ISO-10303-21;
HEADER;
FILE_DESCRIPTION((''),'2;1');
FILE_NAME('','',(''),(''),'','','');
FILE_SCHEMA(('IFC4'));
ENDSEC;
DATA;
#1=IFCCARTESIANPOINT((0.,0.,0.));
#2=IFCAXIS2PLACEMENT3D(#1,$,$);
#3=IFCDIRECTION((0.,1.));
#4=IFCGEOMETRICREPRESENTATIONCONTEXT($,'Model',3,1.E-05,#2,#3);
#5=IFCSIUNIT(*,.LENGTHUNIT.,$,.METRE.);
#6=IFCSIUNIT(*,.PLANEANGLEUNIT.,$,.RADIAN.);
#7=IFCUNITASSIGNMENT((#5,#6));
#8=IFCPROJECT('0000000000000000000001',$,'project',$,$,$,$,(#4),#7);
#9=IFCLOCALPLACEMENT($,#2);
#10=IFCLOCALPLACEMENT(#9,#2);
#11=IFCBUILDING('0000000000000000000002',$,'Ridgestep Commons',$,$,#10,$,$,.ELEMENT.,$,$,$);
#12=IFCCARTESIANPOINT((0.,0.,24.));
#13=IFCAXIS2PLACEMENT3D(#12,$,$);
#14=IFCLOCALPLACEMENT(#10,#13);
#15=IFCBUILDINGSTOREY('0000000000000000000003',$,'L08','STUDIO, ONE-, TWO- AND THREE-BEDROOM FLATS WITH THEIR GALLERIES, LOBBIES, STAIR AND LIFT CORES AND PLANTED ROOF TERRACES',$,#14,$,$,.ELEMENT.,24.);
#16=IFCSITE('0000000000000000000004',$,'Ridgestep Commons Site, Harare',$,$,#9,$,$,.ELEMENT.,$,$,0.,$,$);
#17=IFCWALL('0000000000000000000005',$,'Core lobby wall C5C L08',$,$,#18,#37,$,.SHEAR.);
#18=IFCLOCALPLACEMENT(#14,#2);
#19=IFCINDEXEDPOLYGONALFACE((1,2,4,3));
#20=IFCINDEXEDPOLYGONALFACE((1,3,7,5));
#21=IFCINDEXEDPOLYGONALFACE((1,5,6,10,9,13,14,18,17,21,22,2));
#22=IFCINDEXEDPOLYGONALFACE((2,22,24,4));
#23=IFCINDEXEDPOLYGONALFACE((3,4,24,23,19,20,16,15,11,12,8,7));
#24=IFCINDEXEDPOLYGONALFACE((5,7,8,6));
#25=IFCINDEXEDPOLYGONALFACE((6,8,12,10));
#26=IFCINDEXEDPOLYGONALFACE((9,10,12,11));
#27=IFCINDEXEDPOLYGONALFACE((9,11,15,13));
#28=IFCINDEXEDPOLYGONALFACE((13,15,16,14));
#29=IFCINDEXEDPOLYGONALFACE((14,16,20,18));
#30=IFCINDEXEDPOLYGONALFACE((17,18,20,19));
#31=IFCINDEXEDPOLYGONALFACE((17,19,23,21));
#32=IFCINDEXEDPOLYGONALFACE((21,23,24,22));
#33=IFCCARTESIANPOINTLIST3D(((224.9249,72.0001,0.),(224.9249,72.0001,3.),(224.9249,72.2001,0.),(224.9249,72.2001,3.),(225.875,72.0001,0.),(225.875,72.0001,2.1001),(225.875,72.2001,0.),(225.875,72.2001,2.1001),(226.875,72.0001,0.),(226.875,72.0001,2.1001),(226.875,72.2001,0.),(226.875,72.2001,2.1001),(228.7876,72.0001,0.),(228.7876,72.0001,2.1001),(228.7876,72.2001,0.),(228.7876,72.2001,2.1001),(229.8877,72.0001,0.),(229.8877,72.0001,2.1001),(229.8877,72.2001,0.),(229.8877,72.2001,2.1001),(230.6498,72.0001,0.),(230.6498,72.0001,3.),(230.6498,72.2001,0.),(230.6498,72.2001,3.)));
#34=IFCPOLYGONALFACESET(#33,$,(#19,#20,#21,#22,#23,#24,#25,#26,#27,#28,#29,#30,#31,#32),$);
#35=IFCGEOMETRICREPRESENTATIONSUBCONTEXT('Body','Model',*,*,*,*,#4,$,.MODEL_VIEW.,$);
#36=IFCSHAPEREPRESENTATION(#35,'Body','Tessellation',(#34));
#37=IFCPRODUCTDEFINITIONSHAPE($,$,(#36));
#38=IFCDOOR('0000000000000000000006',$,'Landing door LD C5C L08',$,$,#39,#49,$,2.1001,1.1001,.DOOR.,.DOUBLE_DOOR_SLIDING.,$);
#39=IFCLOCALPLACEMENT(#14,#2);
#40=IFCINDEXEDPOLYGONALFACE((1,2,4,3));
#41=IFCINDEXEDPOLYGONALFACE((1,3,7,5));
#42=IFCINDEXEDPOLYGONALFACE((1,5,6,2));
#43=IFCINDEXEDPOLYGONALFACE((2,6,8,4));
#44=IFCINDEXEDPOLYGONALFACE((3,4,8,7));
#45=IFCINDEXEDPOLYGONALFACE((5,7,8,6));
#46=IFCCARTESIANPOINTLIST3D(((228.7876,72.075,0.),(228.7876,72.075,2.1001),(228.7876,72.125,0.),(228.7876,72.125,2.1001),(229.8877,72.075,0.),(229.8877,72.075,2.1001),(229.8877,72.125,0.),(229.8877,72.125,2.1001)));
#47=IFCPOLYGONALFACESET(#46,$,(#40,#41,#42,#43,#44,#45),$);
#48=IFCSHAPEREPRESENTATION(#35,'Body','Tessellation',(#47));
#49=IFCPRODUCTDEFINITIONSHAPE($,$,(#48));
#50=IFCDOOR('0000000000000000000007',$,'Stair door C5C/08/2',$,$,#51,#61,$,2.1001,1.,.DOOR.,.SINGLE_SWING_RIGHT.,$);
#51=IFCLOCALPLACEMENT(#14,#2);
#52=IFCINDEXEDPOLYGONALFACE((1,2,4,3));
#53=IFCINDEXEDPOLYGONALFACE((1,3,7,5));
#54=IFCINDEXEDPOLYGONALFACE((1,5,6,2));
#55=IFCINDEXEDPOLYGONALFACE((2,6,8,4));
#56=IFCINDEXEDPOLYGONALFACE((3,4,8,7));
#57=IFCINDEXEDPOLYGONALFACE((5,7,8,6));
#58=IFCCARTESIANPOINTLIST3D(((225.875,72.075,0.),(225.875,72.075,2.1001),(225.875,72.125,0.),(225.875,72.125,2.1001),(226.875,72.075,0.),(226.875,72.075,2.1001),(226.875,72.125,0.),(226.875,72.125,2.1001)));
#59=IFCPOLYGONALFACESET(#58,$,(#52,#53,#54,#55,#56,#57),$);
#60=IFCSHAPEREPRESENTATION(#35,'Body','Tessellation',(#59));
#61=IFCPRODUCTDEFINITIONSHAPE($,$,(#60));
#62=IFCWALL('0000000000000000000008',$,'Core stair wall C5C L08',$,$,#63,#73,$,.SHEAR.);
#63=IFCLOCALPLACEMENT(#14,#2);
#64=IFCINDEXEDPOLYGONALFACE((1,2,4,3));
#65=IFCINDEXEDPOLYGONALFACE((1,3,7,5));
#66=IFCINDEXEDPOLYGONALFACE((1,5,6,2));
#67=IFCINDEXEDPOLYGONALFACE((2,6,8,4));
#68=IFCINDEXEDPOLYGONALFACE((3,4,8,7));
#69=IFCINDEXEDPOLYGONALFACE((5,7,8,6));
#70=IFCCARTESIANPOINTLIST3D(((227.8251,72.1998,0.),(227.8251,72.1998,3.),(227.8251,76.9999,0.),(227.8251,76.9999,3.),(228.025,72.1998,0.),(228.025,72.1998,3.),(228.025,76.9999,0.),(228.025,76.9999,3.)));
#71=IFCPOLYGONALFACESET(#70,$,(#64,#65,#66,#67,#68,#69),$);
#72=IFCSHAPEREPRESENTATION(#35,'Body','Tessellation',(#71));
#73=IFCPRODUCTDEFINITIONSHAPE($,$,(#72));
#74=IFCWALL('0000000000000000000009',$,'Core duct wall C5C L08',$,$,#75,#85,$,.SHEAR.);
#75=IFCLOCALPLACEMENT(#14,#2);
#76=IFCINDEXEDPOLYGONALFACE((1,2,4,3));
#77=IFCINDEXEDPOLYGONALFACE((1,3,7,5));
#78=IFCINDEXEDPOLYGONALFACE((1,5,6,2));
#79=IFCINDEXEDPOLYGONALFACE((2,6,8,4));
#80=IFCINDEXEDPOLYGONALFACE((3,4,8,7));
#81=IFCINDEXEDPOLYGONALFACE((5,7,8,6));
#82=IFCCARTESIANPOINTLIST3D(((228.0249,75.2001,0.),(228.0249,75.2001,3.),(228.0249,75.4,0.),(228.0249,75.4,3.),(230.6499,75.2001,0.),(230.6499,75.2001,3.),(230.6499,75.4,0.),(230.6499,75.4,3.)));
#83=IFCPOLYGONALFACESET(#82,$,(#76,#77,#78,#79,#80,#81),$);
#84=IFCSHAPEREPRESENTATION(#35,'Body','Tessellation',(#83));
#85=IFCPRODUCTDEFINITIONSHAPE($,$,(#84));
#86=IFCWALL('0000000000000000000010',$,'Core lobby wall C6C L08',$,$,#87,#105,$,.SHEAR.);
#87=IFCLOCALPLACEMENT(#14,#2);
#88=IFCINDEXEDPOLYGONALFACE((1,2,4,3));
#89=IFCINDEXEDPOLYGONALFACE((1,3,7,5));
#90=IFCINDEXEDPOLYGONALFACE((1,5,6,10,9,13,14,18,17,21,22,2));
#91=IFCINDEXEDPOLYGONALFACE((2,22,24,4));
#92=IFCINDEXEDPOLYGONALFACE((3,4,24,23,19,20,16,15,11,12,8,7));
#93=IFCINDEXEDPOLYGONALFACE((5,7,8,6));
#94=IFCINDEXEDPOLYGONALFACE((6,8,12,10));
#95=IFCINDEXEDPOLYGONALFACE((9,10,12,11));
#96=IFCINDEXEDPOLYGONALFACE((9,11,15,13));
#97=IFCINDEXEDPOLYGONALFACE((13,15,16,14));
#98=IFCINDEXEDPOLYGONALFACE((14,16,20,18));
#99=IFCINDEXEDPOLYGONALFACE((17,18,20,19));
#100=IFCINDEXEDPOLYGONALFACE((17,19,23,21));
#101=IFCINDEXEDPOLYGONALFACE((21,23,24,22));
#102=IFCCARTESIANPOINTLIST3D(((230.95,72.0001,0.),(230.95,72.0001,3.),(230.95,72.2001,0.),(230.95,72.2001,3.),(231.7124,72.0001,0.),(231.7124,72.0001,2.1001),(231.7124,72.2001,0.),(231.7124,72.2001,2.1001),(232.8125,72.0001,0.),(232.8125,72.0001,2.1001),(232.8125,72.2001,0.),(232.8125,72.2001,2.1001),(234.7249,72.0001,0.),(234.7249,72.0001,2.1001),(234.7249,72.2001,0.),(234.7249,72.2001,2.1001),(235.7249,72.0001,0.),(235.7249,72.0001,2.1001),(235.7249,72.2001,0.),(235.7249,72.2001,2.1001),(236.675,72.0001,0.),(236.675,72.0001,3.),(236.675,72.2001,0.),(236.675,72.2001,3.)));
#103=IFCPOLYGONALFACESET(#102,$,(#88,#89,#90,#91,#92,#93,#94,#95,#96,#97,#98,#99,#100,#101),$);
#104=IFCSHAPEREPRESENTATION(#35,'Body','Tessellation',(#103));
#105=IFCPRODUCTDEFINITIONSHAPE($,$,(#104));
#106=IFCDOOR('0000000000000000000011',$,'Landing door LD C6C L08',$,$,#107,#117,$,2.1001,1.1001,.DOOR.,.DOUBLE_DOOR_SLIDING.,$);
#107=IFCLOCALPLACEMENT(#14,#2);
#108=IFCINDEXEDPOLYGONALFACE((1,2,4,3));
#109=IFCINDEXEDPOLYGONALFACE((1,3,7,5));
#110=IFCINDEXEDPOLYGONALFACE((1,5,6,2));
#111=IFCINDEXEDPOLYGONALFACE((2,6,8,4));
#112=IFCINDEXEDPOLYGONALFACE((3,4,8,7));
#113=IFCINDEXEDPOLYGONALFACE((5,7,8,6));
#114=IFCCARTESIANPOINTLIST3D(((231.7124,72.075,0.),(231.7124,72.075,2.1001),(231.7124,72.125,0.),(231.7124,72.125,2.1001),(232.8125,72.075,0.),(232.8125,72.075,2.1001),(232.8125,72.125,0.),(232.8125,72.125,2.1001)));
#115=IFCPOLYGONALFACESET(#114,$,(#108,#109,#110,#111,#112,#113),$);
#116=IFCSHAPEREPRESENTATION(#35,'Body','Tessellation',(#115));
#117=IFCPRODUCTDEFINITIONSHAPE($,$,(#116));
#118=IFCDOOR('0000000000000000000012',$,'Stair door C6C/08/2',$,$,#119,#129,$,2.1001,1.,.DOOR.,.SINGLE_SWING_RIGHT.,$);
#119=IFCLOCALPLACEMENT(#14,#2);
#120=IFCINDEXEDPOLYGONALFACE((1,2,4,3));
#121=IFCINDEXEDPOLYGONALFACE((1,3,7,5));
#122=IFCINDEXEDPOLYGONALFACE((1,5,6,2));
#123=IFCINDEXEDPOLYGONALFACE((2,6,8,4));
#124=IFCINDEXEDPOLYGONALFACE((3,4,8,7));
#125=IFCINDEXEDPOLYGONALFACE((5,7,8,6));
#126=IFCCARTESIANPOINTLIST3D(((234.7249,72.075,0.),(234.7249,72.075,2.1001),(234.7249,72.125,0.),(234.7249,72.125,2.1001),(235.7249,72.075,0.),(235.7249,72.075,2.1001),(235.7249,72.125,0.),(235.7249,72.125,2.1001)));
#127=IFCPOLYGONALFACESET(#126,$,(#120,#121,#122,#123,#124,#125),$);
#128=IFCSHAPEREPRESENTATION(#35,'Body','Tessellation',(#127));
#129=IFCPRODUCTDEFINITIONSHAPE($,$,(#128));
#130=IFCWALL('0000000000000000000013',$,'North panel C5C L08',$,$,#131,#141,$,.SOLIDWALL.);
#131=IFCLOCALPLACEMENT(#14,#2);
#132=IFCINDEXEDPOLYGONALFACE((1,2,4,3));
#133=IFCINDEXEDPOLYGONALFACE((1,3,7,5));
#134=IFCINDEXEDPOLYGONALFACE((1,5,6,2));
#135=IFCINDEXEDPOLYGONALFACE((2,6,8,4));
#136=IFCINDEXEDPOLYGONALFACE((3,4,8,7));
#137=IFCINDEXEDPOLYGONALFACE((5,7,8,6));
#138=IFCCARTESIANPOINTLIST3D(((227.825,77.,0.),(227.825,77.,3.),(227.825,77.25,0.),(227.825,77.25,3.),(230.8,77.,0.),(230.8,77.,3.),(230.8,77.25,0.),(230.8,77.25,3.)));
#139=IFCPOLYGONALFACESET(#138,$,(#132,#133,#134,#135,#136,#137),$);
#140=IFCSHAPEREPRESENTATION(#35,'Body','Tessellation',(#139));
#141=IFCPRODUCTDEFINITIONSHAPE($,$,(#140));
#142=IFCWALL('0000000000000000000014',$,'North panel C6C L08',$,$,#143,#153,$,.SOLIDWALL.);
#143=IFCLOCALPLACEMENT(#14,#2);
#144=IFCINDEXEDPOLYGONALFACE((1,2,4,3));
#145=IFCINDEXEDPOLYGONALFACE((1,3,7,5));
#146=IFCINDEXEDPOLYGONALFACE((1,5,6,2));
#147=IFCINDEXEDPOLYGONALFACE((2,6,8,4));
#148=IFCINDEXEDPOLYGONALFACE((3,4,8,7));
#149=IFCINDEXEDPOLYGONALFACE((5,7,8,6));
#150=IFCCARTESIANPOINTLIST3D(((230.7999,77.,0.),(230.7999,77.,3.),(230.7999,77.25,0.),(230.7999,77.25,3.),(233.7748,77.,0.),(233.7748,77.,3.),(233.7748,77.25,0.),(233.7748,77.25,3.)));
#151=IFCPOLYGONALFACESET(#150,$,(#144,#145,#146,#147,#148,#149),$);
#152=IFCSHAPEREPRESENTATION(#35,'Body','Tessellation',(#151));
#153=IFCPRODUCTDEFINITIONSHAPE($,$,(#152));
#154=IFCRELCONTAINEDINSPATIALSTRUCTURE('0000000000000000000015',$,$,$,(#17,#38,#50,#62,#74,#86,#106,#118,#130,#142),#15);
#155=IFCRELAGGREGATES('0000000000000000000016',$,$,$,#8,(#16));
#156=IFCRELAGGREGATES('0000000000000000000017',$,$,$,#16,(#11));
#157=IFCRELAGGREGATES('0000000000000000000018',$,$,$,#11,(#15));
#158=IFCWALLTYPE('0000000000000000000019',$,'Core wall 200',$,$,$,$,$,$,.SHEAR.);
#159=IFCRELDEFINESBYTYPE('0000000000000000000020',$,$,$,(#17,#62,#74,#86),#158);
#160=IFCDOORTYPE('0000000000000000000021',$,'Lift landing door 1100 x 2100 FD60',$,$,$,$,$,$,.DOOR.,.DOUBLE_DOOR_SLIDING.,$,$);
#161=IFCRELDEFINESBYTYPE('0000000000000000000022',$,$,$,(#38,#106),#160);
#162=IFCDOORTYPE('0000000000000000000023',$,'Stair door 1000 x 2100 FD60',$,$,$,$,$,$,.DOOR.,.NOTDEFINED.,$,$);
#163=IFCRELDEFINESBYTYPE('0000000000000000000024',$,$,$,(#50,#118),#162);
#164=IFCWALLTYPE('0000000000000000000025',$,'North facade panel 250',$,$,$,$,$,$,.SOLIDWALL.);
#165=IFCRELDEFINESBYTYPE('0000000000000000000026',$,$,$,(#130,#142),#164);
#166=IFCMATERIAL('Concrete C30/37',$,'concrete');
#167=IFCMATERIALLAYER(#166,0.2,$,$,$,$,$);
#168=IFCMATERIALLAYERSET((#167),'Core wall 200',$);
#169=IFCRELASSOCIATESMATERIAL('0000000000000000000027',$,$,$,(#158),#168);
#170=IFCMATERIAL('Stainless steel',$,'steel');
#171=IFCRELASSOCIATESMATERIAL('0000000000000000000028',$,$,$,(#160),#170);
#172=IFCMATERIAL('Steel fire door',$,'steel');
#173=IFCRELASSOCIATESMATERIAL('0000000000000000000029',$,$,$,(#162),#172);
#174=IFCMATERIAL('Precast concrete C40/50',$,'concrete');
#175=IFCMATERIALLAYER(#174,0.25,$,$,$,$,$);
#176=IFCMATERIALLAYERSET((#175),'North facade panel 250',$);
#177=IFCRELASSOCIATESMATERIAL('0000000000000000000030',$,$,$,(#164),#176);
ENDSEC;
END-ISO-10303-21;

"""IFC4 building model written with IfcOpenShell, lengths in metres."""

from ifc_helpers import new_model, si_unit, direction, frame, frame_2d, origin, place, context, subcontext, project, spatial, rectangle, extrude, material, layer, layer_set, type_object, element, fill, save


model = new_model("IFC4")

# Units and contexts
model_context = context("Model", 3, precision=1e-05, world=origin(), true_north=direction((0.0, 1.0)))
body_context = subcontext(model_context, "Body", "Model", "MODEL_VIEW")
ifc_project = project(units=[si_unit("LENGTHUNIT", "METRE"), si_unit("PLANEANGLEUNIT", "RADIAN")], contexts=[model_context])

# Site, building, storey
site_placement = place(None, origin())
site = spatial("IfcSite", under=ifc_project, at=site_placement, Name="Ridgestep Commons Site, Harare", CompositionType="ELEMENT", RefElevation=0.0)
building_placement = place(site_placement, origin())
building = spatial("IfcBuilding", under=site, at=building_placement, Name="Ridgestep Commons", CompositionType="ELEMENT")
storey_placement = place(building_placement, frame((0.0, 0.0, 24.0)))
storey = spatial("IfcBuildingStorey", under=building, at=storey_placement, Name="L08", Description="STUDIO, ONE-, TWO- AND THREE-BEDROOM FLATS WITH THEIR GALLERIES, LOBBIES, STAIR AND LIFT CORES AND PLANTED ROOF TERRACES", CompositionType="ELEMENT", Elevation=24.0)

# Wall, openings, doors
ifc_material_1 = material(Name="Concrete C30/37", Category="concrete")
ifc_layer_1 = layer(ifc_material_1, 0.2)
ifc_layer_set_1 = layer_set([ifc_layer_1], Name="Core wall 200")
wall_type_1 = type_object("IfcWallType", Name="Core wall 200", PredefinedType="SHEAR", material=ifc_layer_set_1)
wall_1_placement = place(storey_placement, frame((224.925, 72.1001, 0.0), z_axis=(0.0, 0.0, 1.0), x_axis=(1.0, 0.0, 0.0)))
wall_1 = element("IfcWall", 1, at=wall_1_placement, inside=storey, type_object=wall_type_1, Name="Core lobby wall C5C L08", PredefinedType="SHEAR", context=body_context, shape_type="SweptSolid", body=[
    extrude(rectangle(XDim=5.7249, YDim=0.2, at=frame_2d((2.8623, 0.0))), origin(), (0.0, 0.0, 1.0), 3.0),
])
opening_1_placement = place(wall_1_placement, frame((0.95, 0.0, 0.0)))
opening_1 = element("IfcOpeningElement", 2, at=opening_1_placement, cuts=wall_1, PredefinedType="OPENING", context=body_context, shape_type="SweptSolid", body=[
    extrude(rectangle(XDim=1.0, YDim=2.1001, at=frame_2d((0.5, 1.05))), frame((0.0, 0.1099, 0.0), z_axis=(0.0, -1.0, 0.0), x_axis=(1.0, 0.0, 0.0)), (0.0, 0.0, 1.0), 0.22),
])
opening_2_placement = place(wall_1_placement, frame((3.8625, 0.0, 0.0)))
opening_2 = element("IfcOpeningElement", 3, at=opening_2_placement, cuts=wall_1, PredefinedType="OPENING", context=body_context, shape_type="SweptSolid", body=[
    extrude(rectangle(XDim=1.1001, YDim=2.1001, at=frame_2d((0.55, 1.05))), frame((0.0, 0.1099, 0.0), z_axis=(0.0, -1.0, 0.0), x_axis=(1.0, 0.0, 0.0)), (0.0, 0.0, 1.0), 0.22),
])
ifc_material_2 = material(Name="Stainless steel", Category="steel")
door_type_1 = type_object("IfcDoorType", Name="Lift landing door 1100 x 2100 FD60", OperationType="DOUBLE_DOOR_SLIDING", PredefinedType="DOOR", material=ifc_material_2)
door_1_placement = place(opening_2_placement, origin())
door_1 = element("IfcDoor", 4, at=door_1_placement, inside=storey, type_object=door_type_1, Name="Landing door LD C5C L08", OperationType="DOUBLE_DOOR_SLIDING", OverallHeight=2.1001, OverallWidth=1.1001, PredefinedType="DOOR", context=body_context, shape_type="SweptSolid", body=[
    extrude(rectangle(XDim=1.1001, YDim=2.1001, at=frame_2d((0.55, 1.05))), frame((0.0, 0.0249, 0.0), z_axis=(0.0, -1.0, 0.0), x_axis=(1.0, 0.0, 0.0)), (0.0, 0.0, 1.0), 0.05),
])
fill(opening_2, door_1)
ifc_material_3 = material(Name="Steel fire door", Category="steel")
door_type_2 = type_object("IfcDoorType", Name="Stair door 1000 x 2100 FD60", OperationType="NOTDEFINED", PredefinedType="DOOR", material=ifc_material_3)
door_2_placement = place(opening_1_placement, origin())
door_2 = element("IfcDoor", 5, at=door_2_placement, inside=storey, type_object=door_type_2, Name="Stair door C5C/08/2", OperationType="SINGLE_SWING_RIGHT", OverallHeight=2.1001, OverallWidth=1.0, PredefinedType="DOOR", context=body_context, shape_type="SweptSolid", body=[
    extrude(rectangle(XDim=1.0, YDim=2.1001, at=frame_2d((0.5, 1.05))), frame((0.0, 0.0249, 0.0), z_axis=(0.0, -1.0, 0.0), x_axis=(1.0, 0.0, 0.0)), (0.0, 0.0, 1.0), 0.05),
])
fill(opening_1, door_2)

# Walls
wall_2_placement = place(storey_placement, frame((227.925, 72.2, 0.0), z_axis=(0.0, 0.0, 1.0), x_axis=(0.0, 1.0, 0.0)))
element("IfcWall", 6, at=wall_2_placement, inside=storey, type_object=wall_type_1, Name="Core stair wall C5C L08", PredefinedType="SHEAR", context=body_context, shape_type="SweptSolid", body=[
    extrude(rectangle(XDim=4.8, YDim=0.2, at=frame_2d((2.3999, 0.0))), origin(), (0.0, 0.0, 1.0), 3.0),
])
wall_3_placement = place(storey_placement, frame((228.0249, 75.3, 0.0), z_axis=(0.0, 0.0, 1.0), x_axis=(1.0, 0.0, 0.0)))
element("IfcWall", 7, at=wall_3_placement, inside=storey, type_object=wall_type_1, Name="Core duct wall C5C L08", PredefinedType="SHEAR", context=body_context, shape_type="SweptSolid", body=[
    extrude(rectangle(XDim=2.625, YDim=0.2, at=frame_2d((1.3125, 0.0))), origin(), (0.0, 0.0, 1.0), 3.0),
])

# Wall, openings, doors
wall_4_placement = place(storey_placement, frame((230.95, 72.1001, 0.0), z_axis=(0.0, 0.0, 1.0), x_axis=(1.0, 0.0, 0.0)))
wall_4 = element("IfcWall", 8, at=wall_4_placement, inside=storey, type_object=wall_type_1, Name="Core lobby wall C6C L08", PredefinedType="SHEAR", context=body_context, shape_type="SweptSolid", body=[
    extrude(rectangle(XDim=5.7251, YDim=0.2, at=frame_2d((2.8625, 0.0))), origin(), (0.0, 0.0, 1.0), 3.0),
])
opening_3_placement = place(wall_4_placement, frame((3.7749, 0.0, 0.0)))
opening_3 = element("IfcOpeningElement", 9, at=opening_3_placement, cuts=wall_4, PredefinedType="OPENING", context=body_context, shape_type="SweptSolid", body=[
    extrude(rectangle(XDim=1.0, YDim=2.1001, at=frame_2d((0.5, 1.05))), frame((0.0, 0.1099, 0.0), z_axis=(0.0, -1.0, 0.0), x_axis=(1.0, 0.0, 0.0)), (0.0, 0.0, 1.0), 0.22),
])
opening_4_placement = place(wall_4_placement, frame((0.7625, 0.0, 0.0)))
opening_4 = element("IfcOpeningElement", 10, at=opening_4_placement, cuts=wall_4, PredefinedType="OPENING", context=body_context, shape_type="SweptSolid", body=[
    extrude(rectangle(XDim=1.1001, YDim=2.1001, at=frame_2d((0.55, 1.05))), frame((0.0, 0.1099, 0.0), z_axis=(0.0, -1.0, 0.0), x_axis=(1.0, 0.0, 0.0)), (0.0, 0.0, 1.0), 0.22),
])
door_3_placement = place(opening_4_placement, origin())
door_3 = element("IfcDoor", 11, at=door_3_placement, inside=storey, type_object=door_type_1, Name="Landing door LD C6C L08", OperationType="DOUBLE_DOOR_SLIDING", OverallHeight=2.1001, OverallWidth=1.1001, PredefinedType="DOOR", context=body_context, shape_type="SweptSolid", body=[
    extrude(rectangle(XDim=1.1001, YDim=2.1001, at=frame_2d((0.55, 1.05))), frame((0.0, 0.0249, 0.0), z_axis=(0.0, -1.0, 0.0), x_axis=(1.0, 0.0, 0.0)), (0.0, 0.0, 1.0), 0.05),
])
fill(opening_4, door_3)
door_4_placement = place(opening_3_placement, origin())
door_4 = element("IfcDoor", 12, at=door_4_placement, inside=storey, type_object=door_type_2, Name="Stair door C6C/08/2", OperationType="SINGLE_SWING_RIGHT", OverallHeight=2.1001, OverallWidth=1.0, PredefinedType="DOOR", context=body_context, shape_type="SweptSolid", body=[
    extrude(rectangle(XDim=1.0, YDim=2.1001, at=frame_2d((0.5, 1.05))), frame((0.0, 0.0249, 0.0), z_axis=(0.0, -1.0, 0.0), x_axis=(1.0, 0.0, 0.0)), (0.0, 0.0, 1.0), 0.05),
])
fill(opening_3, door_4)

# Walls
ifc_material_4 = material(Name="Precast concrete C40/50", Category="concrete")
ifc_layer_2 = layer(ifc_material_4, 0.25)
ifc_layer_set_2 = layer_set([ifc_layer_2], Name="North facade panel 250")
wall_type_2 = type_object("IfcWallType", Name="North facade panel 250", PredefinedType="SOLIDWALL", material=ifc_layer_set_2)
wall_5_placement = place(storey_placement, frame((227.825, 77.125, 0.0), z_axis=(0.0, 0.0, 1.0), x_axis=(1.0, 0.0, 0.0)))
element("IfcWall", 13, at=wall_5_placement, inside=storey, type_object=wall_type_2, Name="North panel C5C L08", PredefinedType="SOLIDWALL", context=body_context, shape_type="SweptSolid", body=[
    extrude(rectangle(XDim=2.9751, YDim=0.25, at=frame_2d((1.4875, 0.0))), origin(), (0.0, 0.0, 1.0), 3.0),
])
wall_6_placement = place(storey_placement, frame((230.8, 77.125, 0.0), z_axis=(0.0, 0.0, 1.0), x_axis=(1.0, 0.0, 0.0)))
element("IfcWall", 14, at=wall_6_placement, inside=storey, type_object=wall_type_2, Name="North panel C6C L08", PredefinedType="SOLIDWALL", context=body_context, shape_type="SweptSolid", body=[
    extrude(rectangle(XDim=2.9749, YDim=0.25, at=frame_2d((1.4873, 0.0))), origin(), (0.0, 0.0, 1.0), 3.0),
])

save(model, "model.ifc")
